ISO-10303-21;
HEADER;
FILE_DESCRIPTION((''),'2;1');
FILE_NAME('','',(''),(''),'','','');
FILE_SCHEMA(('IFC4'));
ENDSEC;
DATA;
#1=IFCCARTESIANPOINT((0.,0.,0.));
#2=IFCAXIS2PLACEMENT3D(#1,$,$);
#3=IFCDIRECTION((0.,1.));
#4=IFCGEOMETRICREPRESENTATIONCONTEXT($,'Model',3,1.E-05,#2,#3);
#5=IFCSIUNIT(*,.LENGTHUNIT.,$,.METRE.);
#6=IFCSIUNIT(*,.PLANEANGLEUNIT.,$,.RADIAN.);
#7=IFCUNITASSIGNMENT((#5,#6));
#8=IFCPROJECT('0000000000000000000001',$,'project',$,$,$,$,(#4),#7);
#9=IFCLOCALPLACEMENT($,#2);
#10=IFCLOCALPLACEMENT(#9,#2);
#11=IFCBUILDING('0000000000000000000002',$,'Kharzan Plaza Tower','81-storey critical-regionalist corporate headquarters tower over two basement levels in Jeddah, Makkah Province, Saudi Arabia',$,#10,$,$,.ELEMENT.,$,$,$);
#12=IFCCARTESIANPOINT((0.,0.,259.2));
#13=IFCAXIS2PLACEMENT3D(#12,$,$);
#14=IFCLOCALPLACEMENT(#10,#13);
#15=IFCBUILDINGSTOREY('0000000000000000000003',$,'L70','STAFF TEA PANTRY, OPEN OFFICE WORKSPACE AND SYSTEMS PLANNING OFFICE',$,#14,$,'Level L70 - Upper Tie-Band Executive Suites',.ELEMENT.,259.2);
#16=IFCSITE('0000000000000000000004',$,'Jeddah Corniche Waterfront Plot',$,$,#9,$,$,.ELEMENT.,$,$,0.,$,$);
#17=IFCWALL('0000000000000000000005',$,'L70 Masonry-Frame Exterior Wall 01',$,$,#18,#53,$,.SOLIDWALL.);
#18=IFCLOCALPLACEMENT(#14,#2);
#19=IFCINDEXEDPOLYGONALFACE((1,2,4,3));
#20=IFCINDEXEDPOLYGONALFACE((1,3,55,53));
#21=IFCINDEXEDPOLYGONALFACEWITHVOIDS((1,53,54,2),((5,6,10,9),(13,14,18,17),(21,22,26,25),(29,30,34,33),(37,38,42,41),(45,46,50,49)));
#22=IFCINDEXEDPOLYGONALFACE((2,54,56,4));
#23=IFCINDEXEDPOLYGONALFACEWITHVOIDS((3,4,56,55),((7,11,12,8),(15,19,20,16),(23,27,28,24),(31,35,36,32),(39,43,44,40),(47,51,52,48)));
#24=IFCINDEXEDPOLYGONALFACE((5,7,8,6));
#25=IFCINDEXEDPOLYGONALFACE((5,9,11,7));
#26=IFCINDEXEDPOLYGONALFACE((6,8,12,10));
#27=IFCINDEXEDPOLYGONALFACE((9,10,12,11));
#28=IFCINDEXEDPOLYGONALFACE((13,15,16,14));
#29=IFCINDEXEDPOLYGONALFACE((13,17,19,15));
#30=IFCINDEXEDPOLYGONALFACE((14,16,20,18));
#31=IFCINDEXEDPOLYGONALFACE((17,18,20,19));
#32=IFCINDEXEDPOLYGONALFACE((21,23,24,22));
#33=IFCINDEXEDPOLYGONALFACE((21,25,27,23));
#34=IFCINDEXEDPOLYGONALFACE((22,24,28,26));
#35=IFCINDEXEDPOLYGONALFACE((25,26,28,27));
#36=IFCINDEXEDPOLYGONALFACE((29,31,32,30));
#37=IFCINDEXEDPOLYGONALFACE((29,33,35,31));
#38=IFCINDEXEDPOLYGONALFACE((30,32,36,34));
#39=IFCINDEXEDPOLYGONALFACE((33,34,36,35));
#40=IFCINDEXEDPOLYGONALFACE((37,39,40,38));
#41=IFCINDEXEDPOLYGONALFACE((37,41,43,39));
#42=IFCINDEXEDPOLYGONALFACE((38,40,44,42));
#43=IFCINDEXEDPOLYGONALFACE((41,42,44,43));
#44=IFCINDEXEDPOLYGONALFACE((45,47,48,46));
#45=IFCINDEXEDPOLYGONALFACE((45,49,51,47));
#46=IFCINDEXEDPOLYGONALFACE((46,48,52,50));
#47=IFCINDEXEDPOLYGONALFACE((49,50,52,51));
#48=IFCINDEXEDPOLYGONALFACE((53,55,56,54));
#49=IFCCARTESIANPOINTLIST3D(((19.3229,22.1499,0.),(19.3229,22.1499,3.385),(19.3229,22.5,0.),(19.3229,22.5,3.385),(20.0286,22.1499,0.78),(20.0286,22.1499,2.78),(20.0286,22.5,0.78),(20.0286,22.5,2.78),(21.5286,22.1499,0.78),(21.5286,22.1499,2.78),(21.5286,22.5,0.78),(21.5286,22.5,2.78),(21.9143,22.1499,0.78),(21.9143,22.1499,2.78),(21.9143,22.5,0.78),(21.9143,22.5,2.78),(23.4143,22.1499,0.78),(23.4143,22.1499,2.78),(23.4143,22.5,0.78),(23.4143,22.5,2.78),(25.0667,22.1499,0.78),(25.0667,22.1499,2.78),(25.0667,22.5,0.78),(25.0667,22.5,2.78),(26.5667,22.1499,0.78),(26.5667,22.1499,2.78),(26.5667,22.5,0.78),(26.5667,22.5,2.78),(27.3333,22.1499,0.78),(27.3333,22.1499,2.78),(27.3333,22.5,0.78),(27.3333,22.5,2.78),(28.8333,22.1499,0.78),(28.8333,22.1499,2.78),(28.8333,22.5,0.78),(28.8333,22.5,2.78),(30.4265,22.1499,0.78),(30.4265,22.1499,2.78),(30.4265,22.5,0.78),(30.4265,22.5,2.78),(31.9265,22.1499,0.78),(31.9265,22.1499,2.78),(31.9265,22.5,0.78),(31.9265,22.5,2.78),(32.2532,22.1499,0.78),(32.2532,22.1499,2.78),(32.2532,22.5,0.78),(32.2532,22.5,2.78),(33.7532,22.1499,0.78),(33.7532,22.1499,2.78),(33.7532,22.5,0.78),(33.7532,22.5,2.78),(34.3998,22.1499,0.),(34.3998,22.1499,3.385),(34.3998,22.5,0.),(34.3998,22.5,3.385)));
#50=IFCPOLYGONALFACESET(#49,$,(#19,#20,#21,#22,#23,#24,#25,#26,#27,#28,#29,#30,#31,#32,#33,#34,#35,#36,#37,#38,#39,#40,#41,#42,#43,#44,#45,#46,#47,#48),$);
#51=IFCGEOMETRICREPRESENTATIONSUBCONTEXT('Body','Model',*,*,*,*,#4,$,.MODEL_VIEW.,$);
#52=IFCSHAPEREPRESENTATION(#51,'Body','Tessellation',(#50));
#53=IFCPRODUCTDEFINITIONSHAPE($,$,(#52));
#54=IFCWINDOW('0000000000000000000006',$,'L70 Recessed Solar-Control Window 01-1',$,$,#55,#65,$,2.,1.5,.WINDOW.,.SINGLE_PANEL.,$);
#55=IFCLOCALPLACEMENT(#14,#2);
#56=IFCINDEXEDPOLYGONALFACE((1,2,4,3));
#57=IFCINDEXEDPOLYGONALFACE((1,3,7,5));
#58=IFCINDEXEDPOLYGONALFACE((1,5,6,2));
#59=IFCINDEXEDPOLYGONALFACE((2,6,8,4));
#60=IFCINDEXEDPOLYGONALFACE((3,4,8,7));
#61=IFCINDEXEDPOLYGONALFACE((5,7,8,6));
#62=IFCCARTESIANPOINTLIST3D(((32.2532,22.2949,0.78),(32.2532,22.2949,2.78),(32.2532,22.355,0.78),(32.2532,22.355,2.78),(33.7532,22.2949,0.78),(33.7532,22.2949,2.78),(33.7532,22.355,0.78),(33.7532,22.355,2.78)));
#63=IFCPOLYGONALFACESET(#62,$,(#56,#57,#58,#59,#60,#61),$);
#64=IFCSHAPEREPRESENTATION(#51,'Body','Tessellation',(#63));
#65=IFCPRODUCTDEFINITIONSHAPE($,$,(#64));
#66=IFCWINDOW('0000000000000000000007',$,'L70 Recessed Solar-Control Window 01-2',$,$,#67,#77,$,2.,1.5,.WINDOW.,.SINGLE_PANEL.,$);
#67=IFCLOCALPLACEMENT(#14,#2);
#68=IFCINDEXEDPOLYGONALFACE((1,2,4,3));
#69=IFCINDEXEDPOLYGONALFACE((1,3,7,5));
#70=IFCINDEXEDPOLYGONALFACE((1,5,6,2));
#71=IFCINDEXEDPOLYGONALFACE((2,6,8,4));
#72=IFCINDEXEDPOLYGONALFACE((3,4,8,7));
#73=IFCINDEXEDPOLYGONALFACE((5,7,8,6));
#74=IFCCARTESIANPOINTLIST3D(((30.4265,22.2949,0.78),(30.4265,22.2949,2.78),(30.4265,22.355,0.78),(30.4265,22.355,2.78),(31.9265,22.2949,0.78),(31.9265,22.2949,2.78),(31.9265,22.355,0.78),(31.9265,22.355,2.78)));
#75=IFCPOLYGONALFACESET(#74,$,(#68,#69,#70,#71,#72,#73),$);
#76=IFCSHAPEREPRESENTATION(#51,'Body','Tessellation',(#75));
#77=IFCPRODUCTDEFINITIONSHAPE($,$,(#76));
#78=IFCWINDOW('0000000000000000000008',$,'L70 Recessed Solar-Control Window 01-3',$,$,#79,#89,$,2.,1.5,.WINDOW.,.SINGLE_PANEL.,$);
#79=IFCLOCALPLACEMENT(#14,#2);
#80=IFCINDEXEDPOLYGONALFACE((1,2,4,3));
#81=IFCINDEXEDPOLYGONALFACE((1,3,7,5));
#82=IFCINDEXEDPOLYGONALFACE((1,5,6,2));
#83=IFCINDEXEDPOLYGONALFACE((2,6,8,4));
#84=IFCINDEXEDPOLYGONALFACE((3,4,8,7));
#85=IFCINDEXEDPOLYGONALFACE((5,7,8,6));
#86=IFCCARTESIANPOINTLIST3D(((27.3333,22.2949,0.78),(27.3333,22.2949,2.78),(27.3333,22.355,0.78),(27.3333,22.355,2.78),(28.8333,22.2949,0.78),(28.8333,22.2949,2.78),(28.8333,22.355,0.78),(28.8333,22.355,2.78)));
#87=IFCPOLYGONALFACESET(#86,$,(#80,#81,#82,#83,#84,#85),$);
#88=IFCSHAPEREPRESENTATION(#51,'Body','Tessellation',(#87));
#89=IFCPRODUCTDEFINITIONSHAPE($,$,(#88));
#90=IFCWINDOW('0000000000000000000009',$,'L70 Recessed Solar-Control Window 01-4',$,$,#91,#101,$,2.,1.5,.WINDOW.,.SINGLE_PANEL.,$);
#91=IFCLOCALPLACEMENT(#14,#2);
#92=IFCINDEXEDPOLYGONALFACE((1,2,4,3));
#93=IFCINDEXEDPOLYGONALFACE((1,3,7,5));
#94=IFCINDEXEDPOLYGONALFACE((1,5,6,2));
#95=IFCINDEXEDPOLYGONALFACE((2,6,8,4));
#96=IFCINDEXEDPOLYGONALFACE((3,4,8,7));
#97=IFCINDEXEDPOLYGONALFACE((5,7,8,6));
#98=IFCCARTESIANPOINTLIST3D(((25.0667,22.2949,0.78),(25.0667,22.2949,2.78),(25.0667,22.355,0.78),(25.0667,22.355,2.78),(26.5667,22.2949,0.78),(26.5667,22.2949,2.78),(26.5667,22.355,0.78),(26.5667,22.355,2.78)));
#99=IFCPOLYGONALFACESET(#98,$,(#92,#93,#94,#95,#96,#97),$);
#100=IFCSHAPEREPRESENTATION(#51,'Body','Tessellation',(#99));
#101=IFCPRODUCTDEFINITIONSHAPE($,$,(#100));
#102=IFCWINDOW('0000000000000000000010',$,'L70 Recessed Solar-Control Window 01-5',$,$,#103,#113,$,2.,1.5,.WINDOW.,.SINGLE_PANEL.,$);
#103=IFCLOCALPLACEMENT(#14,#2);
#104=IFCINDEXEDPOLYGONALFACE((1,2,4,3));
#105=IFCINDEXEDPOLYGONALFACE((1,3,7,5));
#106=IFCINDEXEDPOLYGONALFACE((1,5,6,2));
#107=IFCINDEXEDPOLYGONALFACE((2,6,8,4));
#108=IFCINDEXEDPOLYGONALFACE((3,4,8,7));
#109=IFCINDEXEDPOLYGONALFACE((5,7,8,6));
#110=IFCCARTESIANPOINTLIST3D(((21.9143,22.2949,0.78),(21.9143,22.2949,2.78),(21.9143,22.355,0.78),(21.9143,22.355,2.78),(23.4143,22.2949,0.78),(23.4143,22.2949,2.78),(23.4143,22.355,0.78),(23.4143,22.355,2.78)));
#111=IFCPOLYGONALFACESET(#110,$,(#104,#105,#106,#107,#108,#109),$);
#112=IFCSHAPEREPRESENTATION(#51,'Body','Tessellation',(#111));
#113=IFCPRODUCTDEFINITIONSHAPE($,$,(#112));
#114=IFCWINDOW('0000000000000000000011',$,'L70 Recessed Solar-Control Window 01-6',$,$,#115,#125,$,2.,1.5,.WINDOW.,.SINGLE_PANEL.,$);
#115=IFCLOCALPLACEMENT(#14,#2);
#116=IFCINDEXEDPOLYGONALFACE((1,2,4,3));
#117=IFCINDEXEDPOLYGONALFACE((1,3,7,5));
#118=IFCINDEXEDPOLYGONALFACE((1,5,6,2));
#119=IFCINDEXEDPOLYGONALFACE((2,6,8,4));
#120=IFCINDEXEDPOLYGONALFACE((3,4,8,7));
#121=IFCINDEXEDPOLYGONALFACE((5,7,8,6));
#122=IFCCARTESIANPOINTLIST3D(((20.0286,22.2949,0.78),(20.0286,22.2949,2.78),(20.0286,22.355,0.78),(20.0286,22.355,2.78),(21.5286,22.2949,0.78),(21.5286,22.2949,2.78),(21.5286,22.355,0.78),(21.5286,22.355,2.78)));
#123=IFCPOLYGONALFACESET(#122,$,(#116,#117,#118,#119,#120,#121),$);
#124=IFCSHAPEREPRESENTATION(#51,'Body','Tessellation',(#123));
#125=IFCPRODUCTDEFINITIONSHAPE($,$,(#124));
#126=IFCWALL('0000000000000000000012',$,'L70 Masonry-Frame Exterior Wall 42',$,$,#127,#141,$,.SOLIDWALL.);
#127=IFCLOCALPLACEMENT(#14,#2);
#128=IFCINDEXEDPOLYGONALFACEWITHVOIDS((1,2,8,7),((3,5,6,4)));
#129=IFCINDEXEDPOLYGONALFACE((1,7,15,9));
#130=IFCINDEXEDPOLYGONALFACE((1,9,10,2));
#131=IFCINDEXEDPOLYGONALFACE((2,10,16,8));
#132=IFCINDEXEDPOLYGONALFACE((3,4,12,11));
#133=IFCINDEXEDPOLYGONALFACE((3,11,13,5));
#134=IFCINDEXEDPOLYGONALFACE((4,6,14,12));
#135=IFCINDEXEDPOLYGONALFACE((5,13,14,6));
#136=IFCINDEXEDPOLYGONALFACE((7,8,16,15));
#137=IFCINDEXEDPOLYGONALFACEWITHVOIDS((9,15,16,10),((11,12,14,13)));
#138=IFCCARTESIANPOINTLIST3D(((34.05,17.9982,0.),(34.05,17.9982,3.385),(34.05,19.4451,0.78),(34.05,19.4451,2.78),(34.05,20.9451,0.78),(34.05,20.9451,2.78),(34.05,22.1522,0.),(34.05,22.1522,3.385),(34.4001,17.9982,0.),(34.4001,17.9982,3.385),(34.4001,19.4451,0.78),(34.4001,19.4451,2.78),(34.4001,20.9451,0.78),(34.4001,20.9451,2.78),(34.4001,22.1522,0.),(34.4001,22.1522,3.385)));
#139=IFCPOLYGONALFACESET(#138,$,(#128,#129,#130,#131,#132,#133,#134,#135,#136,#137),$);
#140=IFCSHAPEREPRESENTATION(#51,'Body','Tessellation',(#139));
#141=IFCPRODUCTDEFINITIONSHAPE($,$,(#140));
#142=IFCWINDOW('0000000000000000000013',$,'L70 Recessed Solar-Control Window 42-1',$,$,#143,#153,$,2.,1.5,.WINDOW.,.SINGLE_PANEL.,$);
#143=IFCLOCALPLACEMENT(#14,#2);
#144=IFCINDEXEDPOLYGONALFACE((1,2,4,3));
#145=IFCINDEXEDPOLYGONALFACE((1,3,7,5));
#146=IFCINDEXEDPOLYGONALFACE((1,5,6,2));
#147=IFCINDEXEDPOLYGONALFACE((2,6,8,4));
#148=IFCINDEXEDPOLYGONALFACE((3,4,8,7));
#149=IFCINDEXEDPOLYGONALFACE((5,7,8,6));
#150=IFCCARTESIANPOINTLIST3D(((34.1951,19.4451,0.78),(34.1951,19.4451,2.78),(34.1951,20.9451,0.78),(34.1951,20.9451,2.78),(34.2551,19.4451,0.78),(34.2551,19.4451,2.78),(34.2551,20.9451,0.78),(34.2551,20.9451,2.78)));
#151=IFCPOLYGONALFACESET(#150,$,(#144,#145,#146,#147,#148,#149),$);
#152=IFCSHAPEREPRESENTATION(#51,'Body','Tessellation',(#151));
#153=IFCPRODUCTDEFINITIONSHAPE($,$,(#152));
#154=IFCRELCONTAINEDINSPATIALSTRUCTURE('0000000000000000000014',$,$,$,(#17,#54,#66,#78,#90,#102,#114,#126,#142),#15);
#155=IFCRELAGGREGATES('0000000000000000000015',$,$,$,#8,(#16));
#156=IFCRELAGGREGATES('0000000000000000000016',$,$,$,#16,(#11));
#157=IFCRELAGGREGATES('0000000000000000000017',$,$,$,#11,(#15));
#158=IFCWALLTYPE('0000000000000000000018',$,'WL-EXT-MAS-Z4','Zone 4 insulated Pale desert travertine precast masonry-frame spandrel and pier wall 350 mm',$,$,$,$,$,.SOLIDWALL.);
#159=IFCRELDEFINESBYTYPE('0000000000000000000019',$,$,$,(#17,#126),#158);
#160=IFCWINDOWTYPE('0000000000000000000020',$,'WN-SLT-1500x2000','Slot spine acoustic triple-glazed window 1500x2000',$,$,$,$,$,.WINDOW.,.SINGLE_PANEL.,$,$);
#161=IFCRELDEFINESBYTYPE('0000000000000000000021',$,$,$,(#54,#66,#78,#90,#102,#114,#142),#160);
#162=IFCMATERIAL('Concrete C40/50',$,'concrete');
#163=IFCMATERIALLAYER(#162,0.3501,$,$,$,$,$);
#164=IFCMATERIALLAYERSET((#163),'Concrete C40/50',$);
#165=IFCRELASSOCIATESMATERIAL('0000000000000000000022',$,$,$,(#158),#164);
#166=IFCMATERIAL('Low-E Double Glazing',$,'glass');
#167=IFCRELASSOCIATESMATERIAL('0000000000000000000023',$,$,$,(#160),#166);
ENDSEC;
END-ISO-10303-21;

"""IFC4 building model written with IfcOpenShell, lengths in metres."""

from ifc_helpers import new_model, si_unit, direction, frame, frame_2d, origin, place, context, subcontext, project, spatial, rectangle, extrude, source, transform, mapped, material, layer, layer_set, type_object, element, fill, save


model = new_model("IFC4")

# Units and contexts
model_context = context("Model", 3, precision=1e-05, world=origin(), true_north=direction((0.0, 1.0)))
body_context = subcontext(model_context, "Body", "Model", "MODEL_VIEW")
ifc_project = project(units=[si_unit("LENGTHUNIT", "METRE"), si_unit("PLANEANGLEUNIT", "RADIAN")], contexts=[model_context])

# Site, building, storey
site_placement = place(None, origin())
site = spatial("IfcSite", under=ifc_project, at=site_placement, Name="Jeddah Corniche Waterfront Plot", CompositionType="ELEMENT", RefElevation=0.0)
building_placement = place(site_placement, origin())
building = spatial("IfcBuilding", under=site, at=building_placement, Name="Kharzan Plaza Tower", Description="81-storey critical-regionalist corporate headquarters tower over two basement levels in Jeddah, Makkah Province, Saudi Arabia", CompositionType="ELEMENT")
storey_placement = place(building_placement, frame((0.0, 0.0, 259.2)))
storey = spatial("IfcBuildingStorey", under=building, at=storey_placement, Name="L70", Description="STAFF TEA PANTRY, OPEN OFFICE WORKSPACE AND SYSTEMS PLANNING OFFICE", LongName="Level L70 - Upper Tie-Band Executive Suites", CompositionType="ELEMENT", Elevation=259.2)

# Wall, openings, windows
ifc_material_1 = material(Name="Concrete C40/50", Category="concrete")
ifc_layer_1 = layer(ifc_material_1, 0.3501)
ifc_layer_set_1 = layer_set([ifc_layer_1], Name="Concrete C40/50")
wall_type_1 = type_object("IfcWallType", Name="WL-EXT-MAS-Z4", Description="Zone 4 insulated Pale desert travertine precast masonry-frame spandrel and pier wall 350 mm", PredefinedType="SOLIDWALL", material=ifc_layer_set_1)
wall_1_placement = place(storey_placement, frame((34.3999, 22.325, 0.0), z_axis=(0.0, 0.0, 1.0), x_axis=(-1.0, 0.0, 0.0)))
wall_1 = element("IfcWall", 1, at=wall_1_placement, inside=storey, type_object=wall_type_1, Name="L70 Masonry-Frame Exterior Wall 01", PredefinedType="SOLIDWALL", context=body_context, shape_type="SweptSolid", body=[
    extrude(rectangle(XDim=15.0769, YDim=0.3501, at=frame_2d((7.5386, 0.0))), origin(), (0.0, 0.0, 1.0), 3.385),
])
opening_1_placement = place(wall_1_placement, frame((0.6467, 0.0, 0.78)))
opening_1 = element("IfcOpeningElement", 2, at=opening_1_placement, cuts=wall_1, PredefinedType="OPENING", context=body_context, shape_type="SweptSolid", body=[
    extrude(rectangle(XDim=1.5, YDim=2.0, at=frame_2d((0.75, 1.0))), frame((0.0, 0.1851, 0.0), z_axis=(0.0, -1.0, 0.0), x_axis=(1.0, 0.0, 0.0)), (0.0, 0.0, 1.0), 0.3701),
])
opening_2_placement = place(wall_1_placement, frame((2.4734, 0.0, 0.78)))
opening_2 = element("IfcOpeningElement", 3, at=opening_2_placement, cuts=wall_1, PredefinedType="OPENING", context=body_context, shape_type="SweptSolid", body=[
    extrude(rectangle(XDim=1.5, YDim=2.0, at=frame_2d((0.75, 1.0))), frame((0.0, 0.1851, 0.0), z_axis=(0.0, -1.0, 0.0), x_axis=(1.0, 0.0, 0.0)), (0.0, 0.0, 1.0), 0.3701),
])
opening_3_placement = place(wall_1_placement, frame((5.5667, 0.0, 0.78)))
opening_3 = element("IfcOpeningElement", 4, at=opening_3_placement, cuts=wall_1, PredefinedType="OPENING", context=body_context, shape_type="SweptSolid", body=[
    extrude(rectangle(XDim=1.5, YDim=2.0, at=frame_2d((0.75, 1.0))), frame((0.0, 0.1851, 0.0), z_axis=(0.0, -1.0, 0.0), x_axis=(1.0, 0.0, 0.0)), (0.0, 0.0, 1.0), 0.3701),
])
opening_4_placement = place(wall_1_placement, frame((7.8333, 0.0, 0.78)))
opening_4 = element("IfcOpeningElement", 5, at=opening_4_placement, cuts=wall_1, PredefinedType="OPENING", context=body_context, shape_type="SweptSolid", body=[
    extrude(rectangle(XDim=1.5, YDim=2.0, at=frame_2d((0.75, 1.0))), frame((0.0, 0.1851, 0.0), z_axis=(0.0, -1.0, 0.0), x_axis=(1.0, 0.0, 0.0)), (0.0, 0.0, 1.0), 0.3701),
])
opening_5_placement = place(wall_1_placement, frame((10.9856, 0.0, 0.78)))
opening_5 = element("IfcOpeningElement", 6, at=opening_5_placement, cuts=wall_1, PredefinedType="OPENING", context=body_context, shape_type="SweptSolid", body=[
    extrude(rectangle(XDim=1.5, YDim=2.0, at=frame_2d((0.75, 1.0))), frame((0.0, 0.1851, 0.0), z_axis=(0.0, -1.0, 0.0), x_axis=(1.0, 0.0, 0.0)), (0.0, 0.0, 1.0), 0.3701),
])
opening_6_placement = place(wall_1_placement, frame((12.8713, 0.0, 0.78)))
opening_6 = element("IfcOpeningElement", 7, at=opening_6_placement, cuts=wall_1, PredefinedType="OPENING", context=body_context, shape_type="SweptSolid", body=[
    extrude(rectangle(XDim=1.5, YDim=2.0, at=frame_2d((0.75, 1.0))), frame((0.0, 0.1851, 0.0), z_axis=(0.0, -1.0, 0.0), x_axis=(1.0, 0.0, 0.0)), (0.0, 0.0, 1.0), 0.3701),
])
ifc_material_2 = material(Name="Low-E Double Glazing", Category="glass")
window_type = type_object("IfcWindowType", Name="WN-SLT-1500x2000", Description="Slot spine acoustic triple-glazed window 1500x2000", PartitioningType="SINGLE_PANEL", PredefinedType="WINDOW", material=ifc_material_2)
shared_shape_1 = source(origin(), body_context, "Body", "SweptSolid", [
    extrude(rectangle(XDim=1.5, YDim=2.0, at=frame_2d((0.75, 1.0))), frame((0.0, 0.03, 0.0), z_axis=(0.0, -1.0, 0.0), x_axis=(1.0, 0.0, 0.0)), (0.0, 0.0, 1.0), 0.0601),
])
window_1_placement = place(opening_1_placement, origin())
window_1 = element("IfcWindow", 8, at=window_1_placement, inside=storey, type_object=window_type, Name="L70 Recessed Solar-Control Window 01-1", OverallHeight=2.0, OverallWidth=1.5, PartitioningType="SINGLE_PANEL", PredefinedType="WINDOW", context=body_context, shape_type="MappedRepresentation", body=[
    mapped(shared_shape_1, transform((0.0, 0.0, 0.0), x_axis=(1.0, 0.0, 0.0), y_axis=(0.0, 1.0, 0.0), z_axis=(0.0, 0.0, 1.0))),
])
fill(opening_1, window_1)
window_2_placement = place(opening_2_placement, origin())
window_2 = element("IfcWindow", 9, at=window_2_placement, inside=storey, type_object=window_type, Name="L70 Recessed Solar-Control Window 01-2", OverallHeight=2.0, OverallWidth=1.5, PartitioningType="SINGLE_PANEL", PredefinedType="WINDOW", context=body_context, shape_type="MappedRepresentation", body=[
    mapped(shared_shape_1, transform((0.0, 0.0, 0.0), x_axis=(1.0, 0.0, 0.0), y_axis=(0.0, 1.0, 0.0), z_axis=(0.0, 0.0, 1.0))),
])
fill(opening_2, window_2)
window_3_placement = place(opening_3_placement, origin())
window_3 = element("IfcWindow", 10, at=window_3_placement, inside=storey, type_object=window_type, Name="L70 Recessed Solar-Control Window 01-3", OverallHeight=2.0, OverallWidth=1.5, PartitioningType="SINGLE_PANEL", PredefinedType="WINDOW", context=body_context, shape_type="MappedRepresentation", body=[
    mapped(shared_shape_1, transform((0.0, 0.0, 0.0), x_axis=(1.0, 0.0, 0.0), y_axis=(0.0, 1.0, 0.0), z_axis=(0.0, 0.0, 1.0))),
])
fill(opening_3, window_3)
window_4_placement = place(opening_4_placement, origin())
window_4 = element("IfcWindow", 11, at=window_4_placement, inside=storey, type_object=window_type, Name="L70 Recessed Solar-Control Window 01-4", OverallHeight=2.0, OverallWidth=1.5, PartitioningType="SINGLE_PANEL", PredefinedType="WINDOW", context=body_context, shape_type="MappedRepresentation", body=[
    mapped(shared_shape_1, transform((0.0, 0.0, 0.0), x_axis=(1.0, 0.0, 0.0), y_axis=(0.0, 1.0, 0.0), z_axis=(0.0, 0.0, 1.0))),
])
fill(opening_4, window_4)
window_5_placement = place(opening_5_placement, origin())
window_5 = element("IfcWindow", 12, at=window_5_placement, inside=storey, type_object=window_type, Name="L70 Recessed Solar-Control Window 01-5", OverallHeight=2.0, OverallWidth=1.5, PartitioningType="SINGLE_PANEL", PredefinedType="WINDOW", context=body_context, shape_type="MappedRepresentation", body=[
    mapped(shared_shape_1, transform((0.0, 0.0, 0.0), x_axis=(1.0, 0.0, 0.0), y_axis=(0.0, 1.0, 0.0), z_axis=(0.0, 0.0, 1.0))),
])
fill(opening_5, window_5)
window_6_placement = place(opening_6_placement, origin())
window_6 = element("IfcWindow", 13, at=window_6_placement, inside=storey, type_object=window_type, Name="L70 Recessed Solar-Control Window 01-6", OverallHeight=2.0, OverallWidth=1.5, PartitioningType="SINGLE_PANEL", PredefinedType="WINDOW", context=body_context, shape_type="MappedRepresentation", body=[
    mapped(shared_shape_1, transform((0.0, 0.0, 0.0), x_axis=(1.0, 0.0, 0.0), y_axis=(0.0, 1.0, 0.0), z_axis=(0.0, 0.0, 1.0))),
])
fill(opening_6, window_6)

# Wall, opening, window
wall_2_placement = place(storey_placement, frame((34.2251, 17.998, 0.0), z_axis=(0.0, 0.0, 1.0), x_axis=(0.0, 1.0, 0.0)))
wall_2 = element("IfcWall", 14, at=wall_2_placement, inside=storey, type_object=wall_type_1, Name="L70 Masonry-Frame Exterior Wall 42", PredefinedType="SOLIDWALL", context=body_context, shape_type="SweptSolid", body=[
    extrude(rectangle(XDim=4.1541, YDim=0.3501, at=frame_2d((2.0771, 0.0))), origin(), (0.0, 0.0, 1.0), 3.385),
])
opening_7_placement = place(wall_2_placement, frame((1.447, 0.0, 0.78)))
opening_7 = element("IfcOpeningElement", 15, at=opening_7_placement, cuts=wall_2, PredefinedType="OPENING", context=body_context, shape_type="SweptSolid", body=[
    extrude(rectangle(XDim=1.5, YDim=2.0, at=frame_2d((0.75, 1.0))), frame((0.0, 0.1851, 0.0), z_axis=(0.0, -1.0, 0.0), x_axis=(1.0, 0.0, 0.0)), (0.0, 0.0, 1.0), 0.3701),
])
window_7_placement = place(opening_7_placement, origin())
window_7 = element("IfcWindow", 16, at=window_7_placement, inside=storey, type_object=window_type, Name="L70 Recessed Solar-Control Window 42-1", OverallHeight=2.0, OverallWidth=1.5, PartitioningType="SINGLE_PANEL", PredefinedType="WINDOW", context=body_context, shape_type="MappedRepresentation", body=[
    mapped(shared_shape_1, transform((0.0, 0.0, 0.0), x_axis=(1.0, 0.0, 0.0), y_axis=(0.0, 1.0, 0.0), z_axis=(0.0, 0.0, 1.0))),
])
fill(opening_7, window_7)

save(model, "model.ifc")
